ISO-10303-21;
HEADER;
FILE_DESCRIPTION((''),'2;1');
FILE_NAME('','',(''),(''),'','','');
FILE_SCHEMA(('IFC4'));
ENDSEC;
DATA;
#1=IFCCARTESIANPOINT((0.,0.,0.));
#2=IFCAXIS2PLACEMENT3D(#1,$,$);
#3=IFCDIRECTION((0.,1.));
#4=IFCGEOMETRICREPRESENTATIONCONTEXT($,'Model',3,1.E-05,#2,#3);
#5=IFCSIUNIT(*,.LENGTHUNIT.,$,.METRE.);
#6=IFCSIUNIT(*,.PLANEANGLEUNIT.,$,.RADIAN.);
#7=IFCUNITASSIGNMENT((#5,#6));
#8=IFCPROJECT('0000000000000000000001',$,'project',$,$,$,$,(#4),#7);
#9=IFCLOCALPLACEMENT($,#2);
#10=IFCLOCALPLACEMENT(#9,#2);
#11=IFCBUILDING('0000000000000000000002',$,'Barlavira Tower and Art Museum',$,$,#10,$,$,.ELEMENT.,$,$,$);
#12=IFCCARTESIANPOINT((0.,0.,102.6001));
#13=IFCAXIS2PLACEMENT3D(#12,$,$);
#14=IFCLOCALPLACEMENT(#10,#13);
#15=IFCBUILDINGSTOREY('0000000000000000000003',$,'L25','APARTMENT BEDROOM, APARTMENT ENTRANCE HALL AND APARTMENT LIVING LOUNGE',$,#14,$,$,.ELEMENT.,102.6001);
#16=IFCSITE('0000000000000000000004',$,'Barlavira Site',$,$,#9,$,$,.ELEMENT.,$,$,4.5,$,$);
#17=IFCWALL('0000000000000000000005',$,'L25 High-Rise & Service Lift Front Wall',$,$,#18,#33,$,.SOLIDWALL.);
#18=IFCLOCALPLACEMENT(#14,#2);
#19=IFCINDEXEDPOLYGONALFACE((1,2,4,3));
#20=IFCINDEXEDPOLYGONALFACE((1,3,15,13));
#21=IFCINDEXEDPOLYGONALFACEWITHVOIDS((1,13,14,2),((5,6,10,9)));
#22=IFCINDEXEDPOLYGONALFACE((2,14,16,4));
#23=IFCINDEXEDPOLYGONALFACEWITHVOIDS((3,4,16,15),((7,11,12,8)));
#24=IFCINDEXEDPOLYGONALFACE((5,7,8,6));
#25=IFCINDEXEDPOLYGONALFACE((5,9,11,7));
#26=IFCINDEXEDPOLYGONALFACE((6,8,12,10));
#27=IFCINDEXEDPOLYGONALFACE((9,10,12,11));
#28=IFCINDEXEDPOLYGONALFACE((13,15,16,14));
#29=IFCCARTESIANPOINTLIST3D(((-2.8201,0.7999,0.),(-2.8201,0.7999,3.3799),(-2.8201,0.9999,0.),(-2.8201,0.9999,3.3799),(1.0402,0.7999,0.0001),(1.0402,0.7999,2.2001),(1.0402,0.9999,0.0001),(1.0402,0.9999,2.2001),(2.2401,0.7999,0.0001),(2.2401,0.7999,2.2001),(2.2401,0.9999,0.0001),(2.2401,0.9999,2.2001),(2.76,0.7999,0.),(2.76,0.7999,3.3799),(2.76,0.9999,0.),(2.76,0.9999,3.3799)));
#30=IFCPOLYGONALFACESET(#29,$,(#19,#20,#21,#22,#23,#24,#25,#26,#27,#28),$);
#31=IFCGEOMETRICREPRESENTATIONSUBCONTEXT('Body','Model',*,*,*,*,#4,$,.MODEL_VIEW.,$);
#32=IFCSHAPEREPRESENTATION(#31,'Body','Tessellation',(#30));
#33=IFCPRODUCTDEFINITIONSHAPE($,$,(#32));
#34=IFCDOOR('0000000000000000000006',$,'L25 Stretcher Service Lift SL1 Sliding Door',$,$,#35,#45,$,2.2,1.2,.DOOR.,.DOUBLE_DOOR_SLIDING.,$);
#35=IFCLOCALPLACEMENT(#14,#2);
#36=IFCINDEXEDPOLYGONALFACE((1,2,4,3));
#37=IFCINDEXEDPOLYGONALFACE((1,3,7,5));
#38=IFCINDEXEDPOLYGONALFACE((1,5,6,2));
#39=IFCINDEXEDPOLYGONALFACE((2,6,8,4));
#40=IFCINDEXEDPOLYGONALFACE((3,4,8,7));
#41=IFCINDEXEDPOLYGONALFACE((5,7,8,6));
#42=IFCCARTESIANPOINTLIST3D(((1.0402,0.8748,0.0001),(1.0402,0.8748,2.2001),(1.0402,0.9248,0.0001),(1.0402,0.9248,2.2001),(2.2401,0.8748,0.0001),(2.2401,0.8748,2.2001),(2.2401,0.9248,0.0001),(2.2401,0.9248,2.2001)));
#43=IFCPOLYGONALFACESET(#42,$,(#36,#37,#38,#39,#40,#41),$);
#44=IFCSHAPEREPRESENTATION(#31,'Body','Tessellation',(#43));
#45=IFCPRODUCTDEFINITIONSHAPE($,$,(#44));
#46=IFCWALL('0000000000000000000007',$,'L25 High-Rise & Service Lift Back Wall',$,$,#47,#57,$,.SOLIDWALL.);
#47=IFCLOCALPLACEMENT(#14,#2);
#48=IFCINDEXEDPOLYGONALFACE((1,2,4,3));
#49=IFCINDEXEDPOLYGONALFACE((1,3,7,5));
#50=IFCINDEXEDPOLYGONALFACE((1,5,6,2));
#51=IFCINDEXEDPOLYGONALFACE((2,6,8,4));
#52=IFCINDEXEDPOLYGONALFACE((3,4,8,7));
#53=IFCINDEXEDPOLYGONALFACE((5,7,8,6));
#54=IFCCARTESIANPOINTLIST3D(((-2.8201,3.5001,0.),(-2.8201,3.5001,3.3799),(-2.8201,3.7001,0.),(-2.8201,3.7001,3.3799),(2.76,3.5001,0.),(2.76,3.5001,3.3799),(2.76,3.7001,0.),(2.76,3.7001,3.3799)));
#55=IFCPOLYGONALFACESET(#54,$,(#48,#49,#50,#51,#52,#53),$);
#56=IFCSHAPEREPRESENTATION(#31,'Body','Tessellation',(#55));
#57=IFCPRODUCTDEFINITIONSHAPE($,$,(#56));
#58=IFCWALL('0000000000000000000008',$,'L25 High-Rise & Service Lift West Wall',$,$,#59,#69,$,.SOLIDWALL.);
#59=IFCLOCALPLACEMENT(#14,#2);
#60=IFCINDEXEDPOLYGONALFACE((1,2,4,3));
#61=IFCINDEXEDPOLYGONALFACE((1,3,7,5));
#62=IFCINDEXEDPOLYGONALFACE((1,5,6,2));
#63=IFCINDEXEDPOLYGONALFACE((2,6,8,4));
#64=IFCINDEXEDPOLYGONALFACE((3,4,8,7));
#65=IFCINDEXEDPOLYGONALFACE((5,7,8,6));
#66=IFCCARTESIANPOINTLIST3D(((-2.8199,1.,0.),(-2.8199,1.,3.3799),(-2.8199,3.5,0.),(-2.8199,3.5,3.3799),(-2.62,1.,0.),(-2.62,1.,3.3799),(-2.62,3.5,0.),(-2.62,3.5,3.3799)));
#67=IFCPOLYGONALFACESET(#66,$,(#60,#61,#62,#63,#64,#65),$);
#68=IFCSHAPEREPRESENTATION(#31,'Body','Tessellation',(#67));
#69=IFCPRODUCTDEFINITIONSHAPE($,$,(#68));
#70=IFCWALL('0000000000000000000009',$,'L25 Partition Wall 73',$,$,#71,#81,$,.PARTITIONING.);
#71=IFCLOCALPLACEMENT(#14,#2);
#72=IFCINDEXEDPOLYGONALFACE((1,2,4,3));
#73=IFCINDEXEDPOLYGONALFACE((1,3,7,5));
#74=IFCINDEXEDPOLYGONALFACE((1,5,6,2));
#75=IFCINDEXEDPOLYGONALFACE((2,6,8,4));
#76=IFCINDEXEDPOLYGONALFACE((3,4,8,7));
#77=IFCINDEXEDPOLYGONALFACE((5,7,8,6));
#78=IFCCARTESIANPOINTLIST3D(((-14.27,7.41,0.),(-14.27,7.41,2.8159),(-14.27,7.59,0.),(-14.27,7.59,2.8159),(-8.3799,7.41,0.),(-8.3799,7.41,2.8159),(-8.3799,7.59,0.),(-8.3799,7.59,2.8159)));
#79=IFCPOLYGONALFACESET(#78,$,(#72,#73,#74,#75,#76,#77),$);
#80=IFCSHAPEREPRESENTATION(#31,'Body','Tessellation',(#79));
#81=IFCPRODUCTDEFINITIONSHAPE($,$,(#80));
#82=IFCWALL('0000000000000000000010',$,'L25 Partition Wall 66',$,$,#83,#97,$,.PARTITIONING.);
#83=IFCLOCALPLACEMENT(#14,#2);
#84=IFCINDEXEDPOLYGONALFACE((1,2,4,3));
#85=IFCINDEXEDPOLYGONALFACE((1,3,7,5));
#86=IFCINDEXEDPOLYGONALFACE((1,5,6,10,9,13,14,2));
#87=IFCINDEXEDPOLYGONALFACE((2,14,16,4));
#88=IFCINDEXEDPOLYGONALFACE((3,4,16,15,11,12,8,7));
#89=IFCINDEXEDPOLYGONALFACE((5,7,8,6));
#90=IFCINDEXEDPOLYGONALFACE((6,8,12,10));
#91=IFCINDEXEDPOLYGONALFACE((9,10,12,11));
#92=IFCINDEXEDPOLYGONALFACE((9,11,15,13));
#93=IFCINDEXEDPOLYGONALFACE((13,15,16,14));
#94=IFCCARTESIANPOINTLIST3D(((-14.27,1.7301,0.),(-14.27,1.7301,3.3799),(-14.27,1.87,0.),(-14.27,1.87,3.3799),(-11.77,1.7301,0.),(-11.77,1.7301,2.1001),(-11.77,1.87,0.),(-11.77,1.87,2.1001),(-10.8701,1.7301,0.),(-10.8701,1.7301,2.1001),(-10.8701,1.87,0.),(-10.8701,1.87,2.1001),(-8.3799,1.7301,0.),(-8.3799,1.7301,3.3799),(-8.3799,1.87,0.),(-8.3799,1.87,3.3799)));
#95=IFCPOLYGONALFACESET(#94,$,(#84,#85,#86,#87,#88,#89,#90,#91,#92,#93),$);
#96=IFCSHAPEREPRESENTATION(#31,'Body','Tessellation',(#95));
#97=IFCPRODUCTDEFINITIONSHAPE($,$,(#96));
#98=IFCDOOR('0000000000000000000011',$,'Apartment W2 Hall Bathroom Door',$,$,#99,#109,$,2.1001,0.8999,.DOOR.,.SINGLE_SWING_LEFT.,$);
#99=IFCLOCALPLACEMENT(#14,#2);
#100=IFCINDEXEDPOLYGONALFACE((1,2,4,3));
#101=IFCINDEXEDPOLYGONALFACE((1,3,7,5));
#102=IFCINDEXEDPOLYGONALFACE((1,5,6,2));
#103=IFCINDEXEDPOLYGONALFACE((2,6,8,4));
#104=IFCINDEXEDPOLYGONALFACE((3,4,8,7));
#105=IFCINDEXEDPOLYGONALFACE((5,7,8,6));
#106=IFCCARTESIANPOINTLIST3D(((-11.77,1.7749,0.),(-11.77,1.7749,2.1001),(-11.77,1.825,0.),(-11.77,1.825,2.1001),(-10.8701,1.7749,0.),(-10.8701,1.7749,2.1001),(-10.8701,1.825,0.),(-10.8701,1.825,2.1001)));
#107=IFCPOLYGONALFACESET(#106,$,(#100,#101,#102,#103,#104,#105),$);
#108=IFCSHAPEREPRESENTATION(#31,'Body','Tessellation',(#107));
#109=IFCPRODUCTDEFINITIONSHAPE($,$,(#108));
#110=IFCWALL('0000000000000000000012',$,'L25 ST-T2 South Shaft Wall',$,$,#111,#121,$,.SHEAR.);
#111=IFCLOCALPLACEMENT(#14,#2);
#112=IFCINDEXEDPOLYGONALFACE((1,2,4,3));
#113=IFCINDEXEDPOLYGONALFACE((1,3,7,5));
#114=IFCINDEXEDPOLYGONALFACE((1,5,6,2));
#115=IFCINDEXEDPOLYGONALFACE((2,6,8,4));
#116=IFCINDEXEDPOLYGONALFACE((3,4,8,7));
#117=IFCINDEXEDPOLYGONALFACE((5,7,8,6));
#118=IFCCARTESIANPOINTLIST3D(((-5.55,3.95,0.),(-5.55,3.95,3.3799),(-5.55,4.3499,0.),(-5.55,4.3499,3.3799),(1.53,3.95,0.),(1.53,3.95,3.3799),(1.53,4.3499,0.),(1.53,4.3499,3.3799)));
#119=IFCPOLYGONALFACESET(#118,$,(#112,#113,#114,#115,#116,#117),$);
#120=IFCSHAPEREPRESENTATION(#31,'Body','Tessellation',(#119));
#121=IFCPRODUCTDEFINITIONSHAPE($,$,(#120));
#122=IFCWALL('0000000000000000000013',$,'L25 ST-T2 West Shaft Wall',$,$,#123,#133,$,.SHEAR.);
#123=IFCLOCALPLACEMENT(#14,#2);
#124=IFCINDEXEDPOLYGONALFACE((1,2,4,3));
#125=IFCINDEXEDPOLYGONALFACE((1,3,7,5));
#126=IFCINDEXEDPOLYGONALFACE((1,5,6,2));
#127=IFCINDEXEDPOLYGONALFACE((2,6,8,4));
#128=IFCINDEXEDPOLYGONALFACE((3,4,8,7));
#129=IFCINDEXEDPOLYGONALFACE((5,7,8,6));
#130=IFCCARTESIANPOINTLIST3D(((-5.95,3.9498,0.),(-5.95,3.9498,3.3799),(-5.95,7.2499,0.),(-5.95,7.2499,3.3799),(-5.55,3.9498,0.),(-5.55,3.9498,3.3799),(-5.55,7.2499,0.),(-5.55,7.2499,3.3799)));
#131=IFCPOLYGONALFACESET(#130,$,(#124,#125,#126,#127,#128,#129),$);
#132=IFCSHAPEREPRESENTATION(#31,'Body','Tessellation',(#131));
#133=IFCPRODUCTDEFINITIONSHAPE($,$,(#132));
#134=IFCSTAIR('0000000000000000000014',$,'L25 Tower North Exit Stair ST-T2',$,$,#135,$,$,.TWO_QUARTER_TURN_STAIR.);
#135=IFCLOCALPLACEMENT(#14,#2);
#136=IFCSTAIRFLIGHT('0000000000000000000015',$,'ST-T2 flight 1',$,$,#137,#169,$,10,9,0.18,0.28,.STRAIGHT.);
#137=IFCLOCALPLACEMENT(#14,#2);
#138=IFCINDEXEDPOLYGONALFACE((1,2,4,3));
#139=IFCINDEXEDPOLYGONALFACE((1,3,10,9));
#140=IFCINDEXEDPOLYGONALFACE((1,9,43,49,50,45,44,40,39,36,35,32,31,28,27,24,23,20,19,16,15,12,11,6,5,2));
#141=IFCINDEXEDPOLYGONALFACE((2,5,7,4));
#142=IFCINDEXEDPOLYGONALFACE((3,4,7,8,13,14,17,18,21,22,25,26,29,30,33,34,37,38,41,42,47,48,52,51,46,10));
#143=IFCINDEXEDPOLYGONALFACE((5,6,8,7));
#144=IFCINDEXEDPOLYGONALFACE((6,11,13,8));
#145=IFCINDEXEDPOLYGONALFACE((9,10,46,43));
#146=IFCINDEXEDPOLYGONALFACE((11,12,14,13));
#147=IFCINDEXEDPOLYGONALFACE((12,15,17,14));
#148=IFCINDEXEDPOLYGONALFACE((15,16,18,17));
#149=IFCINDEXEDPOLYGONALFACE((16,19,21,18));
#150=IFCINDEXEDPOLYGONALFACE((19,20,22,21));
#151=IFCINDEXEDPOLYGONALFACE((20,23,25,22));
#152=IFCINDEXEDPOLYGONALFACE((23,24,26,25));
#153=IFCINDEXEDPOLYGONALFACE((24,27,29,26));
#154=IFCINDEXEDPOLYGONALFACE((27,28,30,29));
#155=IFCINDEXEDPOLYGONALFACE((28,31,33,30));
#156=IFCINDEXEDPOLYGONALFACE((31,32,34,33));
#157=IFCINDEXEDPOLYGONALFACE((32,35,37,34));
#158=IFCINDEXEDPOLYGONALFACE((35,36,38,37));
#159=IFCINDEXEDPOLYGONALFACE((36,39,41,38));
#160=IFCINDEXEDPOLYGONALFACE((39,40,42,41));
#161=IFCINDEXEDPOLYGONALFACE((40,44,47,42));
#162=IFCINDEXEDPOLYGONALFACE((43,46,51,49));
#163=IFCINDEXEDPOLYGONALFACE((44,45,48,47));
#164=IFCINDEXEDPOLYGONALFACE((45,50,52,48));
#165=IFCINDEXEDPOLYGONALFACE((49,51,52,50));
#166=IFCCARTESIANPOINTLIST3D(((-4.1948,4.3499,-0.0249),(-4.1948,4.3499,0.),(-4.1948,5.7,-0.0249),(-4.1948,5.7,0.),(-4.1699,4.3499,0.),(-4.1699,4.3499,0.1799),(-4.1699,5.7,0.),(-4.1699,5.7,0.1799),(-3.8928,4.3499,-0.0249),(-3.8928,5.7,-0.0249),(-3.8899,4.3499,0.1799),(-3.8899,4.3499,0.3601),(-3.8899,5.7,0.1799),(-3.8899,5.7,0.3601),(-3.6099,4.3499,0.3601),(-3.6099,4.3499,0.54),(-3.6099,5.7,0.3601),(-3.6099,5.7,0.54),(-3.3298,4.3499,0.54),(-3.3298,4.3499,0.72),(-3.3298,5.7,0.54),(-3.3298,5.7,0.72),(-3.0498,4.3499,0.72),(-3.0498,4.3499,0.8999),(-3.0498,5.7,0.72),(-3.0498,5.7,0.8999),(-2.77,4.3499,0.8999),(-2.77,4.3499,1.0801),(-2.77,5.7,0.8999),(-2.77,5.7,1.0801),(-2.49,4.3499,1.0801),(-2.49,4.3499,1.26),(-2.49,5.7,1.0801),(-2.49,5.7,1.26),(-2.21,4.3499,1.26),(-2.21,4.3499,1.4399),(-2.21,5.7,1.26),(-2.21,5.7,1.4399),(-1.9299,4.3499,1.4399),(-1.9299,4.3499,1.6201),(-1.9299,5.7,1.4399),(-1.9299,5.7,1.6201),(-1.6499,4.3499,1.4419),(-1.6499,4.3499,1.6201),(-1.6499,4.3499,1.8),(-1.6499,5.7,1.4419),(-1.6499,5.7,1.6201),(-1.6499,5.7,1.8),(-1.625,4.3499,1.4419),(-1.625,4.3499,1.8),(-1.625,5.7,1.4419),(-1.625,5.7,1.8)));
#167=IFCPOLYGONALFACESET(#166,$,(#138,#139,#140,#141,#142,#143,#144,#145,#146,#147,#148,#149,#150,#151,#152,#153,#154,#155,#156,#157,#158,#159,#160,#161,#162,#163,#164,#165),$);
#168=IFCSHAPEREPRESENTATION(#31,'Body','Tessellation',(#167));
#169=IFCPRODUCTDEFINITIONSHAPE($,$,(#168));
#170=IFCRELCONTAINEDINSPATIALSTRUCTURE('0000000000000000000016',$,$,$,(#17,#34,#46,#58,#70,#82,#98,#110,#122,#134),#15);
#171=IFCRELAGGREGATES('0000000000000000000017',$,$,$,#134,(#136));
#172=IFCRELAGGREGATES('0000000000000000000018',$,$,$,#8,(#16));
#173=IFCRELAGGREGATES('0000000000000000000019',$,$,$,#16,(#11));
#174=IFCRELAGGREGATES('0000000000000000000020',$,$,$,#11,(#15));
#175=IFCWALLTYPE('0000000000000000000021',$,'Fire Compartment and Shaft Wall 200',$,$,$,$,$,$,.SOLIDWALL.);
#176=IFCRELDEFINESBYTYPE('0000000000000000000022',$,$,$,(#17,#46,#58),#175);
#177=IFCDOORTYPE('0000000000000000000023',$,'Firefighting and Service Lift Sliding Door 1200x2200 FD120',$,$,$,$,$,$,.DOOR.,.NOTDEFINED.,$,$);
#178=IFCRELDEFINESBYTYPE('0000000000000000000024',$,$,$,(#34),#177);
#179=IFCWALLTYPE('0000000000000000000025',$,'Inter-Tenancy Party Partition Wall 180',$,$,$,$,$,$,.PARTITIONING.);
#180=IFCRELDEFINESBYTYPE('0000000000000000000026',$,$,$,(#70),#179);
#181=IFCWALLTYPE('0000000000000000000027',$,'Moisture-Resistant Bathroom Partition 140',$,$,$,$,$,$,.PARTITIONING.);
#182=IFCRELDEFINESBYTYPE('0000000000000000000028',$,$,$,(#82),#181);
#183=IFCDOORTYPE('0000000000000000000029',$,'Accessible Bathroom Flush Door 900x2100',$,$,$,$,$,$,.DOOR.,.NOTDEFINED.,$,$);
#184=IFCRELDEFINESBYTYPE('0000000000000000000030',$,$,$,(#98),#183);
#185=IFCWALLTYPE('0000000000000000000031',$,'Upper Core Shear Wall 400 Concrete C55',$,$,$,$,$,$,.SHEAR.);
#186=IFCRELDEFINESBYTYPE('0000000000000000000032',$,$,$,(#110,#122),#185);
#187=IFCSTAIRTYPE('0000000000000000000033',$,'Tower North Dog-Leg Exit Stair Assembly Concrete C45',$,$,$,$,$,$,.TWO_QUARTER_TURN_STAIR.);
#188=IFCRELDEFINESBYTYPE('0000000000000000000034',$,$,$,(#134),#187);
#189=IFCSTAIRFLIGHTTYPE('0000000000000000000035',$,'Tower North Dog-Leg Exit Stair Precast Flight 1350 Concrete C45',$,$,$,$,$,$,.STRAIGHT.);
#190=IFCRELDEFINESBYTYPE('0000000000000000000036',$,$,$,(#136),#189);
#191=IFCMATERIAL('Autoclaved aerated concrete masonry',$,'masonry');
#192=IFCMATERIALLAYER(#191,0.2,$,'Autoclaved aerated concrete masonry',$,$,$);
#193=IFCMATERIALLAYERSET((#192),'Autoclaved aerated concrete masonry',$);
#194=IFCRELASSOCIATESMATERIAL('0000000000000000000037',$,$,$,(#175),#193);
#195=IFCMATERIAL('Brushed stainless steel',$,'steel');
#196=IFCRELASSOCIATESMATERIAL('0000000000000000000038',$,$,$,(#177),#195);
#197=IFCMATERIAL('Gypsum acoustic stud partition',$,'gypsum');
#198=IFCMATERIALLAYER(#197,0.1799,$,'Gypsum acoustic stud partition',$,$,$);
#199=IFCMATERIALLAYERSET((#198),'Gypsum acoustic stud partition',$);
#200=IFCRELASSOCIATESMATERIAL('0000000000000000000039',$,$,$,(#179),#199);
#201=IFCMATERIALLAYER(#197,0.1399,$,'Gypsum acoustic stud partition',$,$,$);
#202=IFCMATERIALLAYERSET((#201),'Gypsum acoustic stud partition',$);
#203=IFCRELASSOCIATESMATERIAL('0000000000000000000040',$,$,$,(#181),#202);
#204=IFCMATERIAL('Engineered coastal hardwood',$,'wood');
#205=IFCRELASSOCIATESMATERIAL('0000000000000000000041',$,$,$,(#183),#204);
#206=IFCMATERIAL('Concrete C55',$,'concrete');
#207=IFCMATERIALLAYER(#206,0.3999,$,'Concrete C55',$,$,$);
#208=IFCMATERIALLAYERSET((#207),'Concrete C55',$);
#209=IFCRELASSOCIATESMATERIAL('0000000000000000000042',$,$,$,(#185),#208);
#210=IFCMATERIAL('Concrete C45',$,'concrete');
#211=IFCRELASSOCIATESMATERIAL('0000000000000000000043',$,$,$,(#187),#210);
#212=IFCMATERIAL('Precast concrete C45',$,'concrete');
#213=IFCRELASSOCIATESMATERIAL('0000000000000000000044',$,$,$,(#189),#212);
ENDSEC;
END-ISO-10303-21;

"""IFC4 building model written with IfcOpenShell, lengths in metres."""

from ifc_helpers import new_model, si_unit, direction, frame, frame_2d, origin, place, context, subcontext, project, spatial, polyline, rectangle, outline, extrude, material, layer, layer_set, type_object, element, fill, aggregate, save


model = new_model("IFC4")

# Units and contexts
model_context = context("Model", 3, precision=1e-05, world=origin(), true_north=direction((0.0, 1.0)))
body_context = subcontext(model_context, "Body", "Model", "MODEL_VIEW")
ifc_project = project(units=[si_unit("LENGTHUNIT", "METRE"), si_unit("PLANEANGLEUNIT", "RADIAN")], contexts=[model_context])

# Site, building, storey
site_placement = place(None, origin())
site = spatial("IfcSite", under=ifc_project, at=site_placement, Name="Barlavira Site", CompositionType="ELEMENT", RefElevation=4.5)
building_placement = place(site_placement, origin())
building = spatial("IfcBuilding", under=site, at=building_placement, Name="Barlavira Tower and Art Museum", CompositionType="ELEMENT")
storey_placement = place(building_placement, frame((0.0, 0.0, 102.6001)))
storey = spatial("IfcBuildingStorey", under=building, at=storey_placement, Name="L25", Description="APARTMENT BEDROOM, APARTMENT ENTRANCE HALL AND APARTMENT LIVING LOUNGE", CompositionType="ELEMENT", Elevation=102.6001)

# Shared definitions
ifc_material_1 = material(Name="Gypsum acoustic stud partition", Category="gypsum")
ifc_material_2 = material(Name="Engineered coastal hardwood", Category="wood")
ifc_material_3 = material(Name="Brushed stainless steel", Category="steel")

# Shared definitions
ifc_material_4 = material(Name="Autoclaved aerated concrete masonry", Category="masonry")
ifc_layer_1 = layer(ifc_material_4, 0.2, Name="Autoclaved aerated concrete masonry")
ifc_layer_set_1 = layer_set([ifc_layer_1], Name="Autoclaved aerated concrete masonry")
wall_type_1 = type_object("IfcWallType", Name="Fire Compartment and Shaft Wall 200", PredefinedType="SOLIDWALL", material=ifc_layer_set_1)

# Wall, opening, door
wall_1_placement = place(storey_placement, frame((-2.8201, 0.8999, 0.0), z_axis=(0.0, 0.0, 1.0), x_axis=(1.0, 0.0, 0.0)))
wall_1 = element("IfcWall", 1, at=wall_1_placement, inside=storey, type_object=wall_type_1, Name="L25 High-Rise & Service Lift Front Wall", PredefinedType="SOLIDWALL", context=body_context, shape_type="SweptSolid", body=[
    extrude(rectangle(XDim=5.5801, YDim=0.2, at=frame_2d((2.79, 0.0))), origin(), (0.0, 0.0, 1.0), 3.3799),
])
opening_1_placement = place(wall_1_placement, frame((3.8601, 0.0, 0.0)))
opening_1 = element("IfcOpeningElement", 2, at=opening_1_placement, cuts=wall_1, PredefinedType="OPENING", context=body_context, shape_type="SweptSolid", body=[
    extrude(rectangle(XDim=1.2, YDim=2.2, at=frame_2d((0.6001, 1.1001))), frame((0.0, 0.1099, 0.0), z_axis=(0.0, -1.0, 0.0), x_axis=(1.0, 0.0, 0.0)), (0.0, 0.0, 1.0), 0.22),
])
door_type_1 = type_object("IfcDoorType", Name="Firefighting and Service Lift Sliding Door 1200x2200 FD120", OperationType="NOTDEFINED", PredefinedType="DOOR", material=ifc_material_3)
door_1_placement = place(opening_1_placement, origin())
door_1 = element("IfcDoor", 3, at=door_1_placement, inside=storey, type_object=door_type_1, Name="L25 Stretcher Service Lift SL1 Sliding Door", OperationType="DOUBLE_DOOR_SLIDING", OverallHeight=2.2, OverallWidth=1.2, PredefinedType="DOOR", context=body_context, shape_type="SweptSolid", body=[
    extrude(rectangle(XDim=1.2, YDim=2.2, at=frame_2d((0.6001, 1.1001))), frame((0.0, 0.0249, 0.0), z_axis=(0.0, -1.0, 0.0), x_axis=(1.0, 0.0, 0.0)), (0.0, 0.0, 1.0), 0.05),
])
fill(opening_1, door_1)

# Walls
wall_2_placement = place(storey_placement, frame((-2.8201, 3.6001, 0.0), z_axis=(0.0, 0.0, 1.0), x_axis=(1.0, 0.0, 0.0)))
element("IfcWall", 4, at=wall_2_placement, inside=storey, type_object=wall_type_1, Name="L25 High-Rise & Service Lift Back Wall", PredefinedType="SOLIDWALL", context=body_context, shape_type="SweptSolid", body=[
    extrude(rectangle(XDim=5.5801, YDim=0.2, at=frame_2d((2.79, 0.0))), origin(), (0.0, 0.0, 1.0), 3.3799),
])
wall_3_placement = place(storey_placement, frame((-2.72, 1.0, 0.0), z_axis=(0.0, 0.0, 1.0), x_axis=(0.0, 1.0, 0.0)))
element("IfcWall", 5, at=wall_3_placement, inside=storey, type_object=wall_type_1, Name="L25 High-Rise & Service Lift West Wall", PredefinedType="SOLIDWALL", context=body_context, shape_type="SweptSolid", body=[
    extrude(rectangle(XDim=2.5, YDim=0.2, at=frame_2d((1.25, 0.0))), origin(), (0.0, 0.0, 1.0), 3.3799),
])
ifc_layer_2 = layer(ifc_material_1, 0.1799, Name="Gypsum acoustic stud partition")
ifc_layer_set_2 = layer_set([ifc_layer_2], Name="Gypsum acoustic stud partition")
wall_type_2 = type_object("IfcWallType", Name="Inter-Tenancy Party Partition Wall 180", PredefinedType="PARTITIONING", material=ifc_layer_set_2)
wall_4_placement = place(storey_placement, frame((-14.27, 7.5, 0.0), z_axis=(0.0, 0.0, 1.0), x_axis=(1.0, 0.0, 0.0)))
element("IfcWall", 6, at=wall_4_placement, inside=storey, type_object=wall_type_2, Name="L25 Partition Wall 73", PredefinedType="PARTITIONING", context=body_context, shape_type="SweptSolid", body=[
    extrude(rectangle(XDim=5.8901, YDim=0.1799, at=frame_2d((2.9451, 0.0))), origin(), (0.0, 0.0, 1.0), 2.8159),
])

# Wall, opening, door
ifc_layer_3 = layer(ifc_material_1, 0.1399, Name="Gypsum acoustic stud partition")
ifc_layer_set_3 = layer_set([ifc_layer_3], Name="Gypsum acoustic stud partition")
wall_type_3 = type_object("IfcWallType", Name="Moisture-Resistant Bathroom Partition 140", PredefinedType="PARTITIONING", material=ifc_layer_set_3)
wall_5_placement = place(storey_placement, frame((-14.27, 1.8, 0.0), z_axis=(0.0, 0.0, 1.0), x_axis=(1.0, 0.0, 0.0)))
wall_5 = element("IfcWall", 7, at=wall_5_placement, inside=storey, type_object=wall_type_3, Name="L25 Partition Wall 66", PredefinedType="PARTITIONING", context=body_context, shape_type="SweptSolid", body=[
    extrude(rectangle(XDim=5.8901, YDim=0.1399, at=frame_2d((2.9451, 0.0))), origin(), (0.0, 0.0, 1.0), 3.3799),
])
opening_2_placement = place(wall_5_placement, frame((2.5, 0.0, 0.0)))
opening_2 = element("IfcOpeningElement", 8, at=opening_2_placement, cuts=wall_5, PredefinedType="OPENING", context=body_context, shape_type="SweptSolid", body=[
    extrude(rectangle(XDim=0.8999, YDim=2.1001, at=frame_2d((0.45, 1.05))), frame((0.0, 0.0801, 0.0), z_axis=(0.0, -1.0, 0.0), x_axis=(1.0, 0.0, 0.0)), (0.0, 0.0, 1.0), 0.1599),
])
door_type_2 = type_object("IfcDoorType", Name="Accessible Bathroom Flush Door 900x2100", OperationType="NOTDEFINED", PredefinedType="DOOR", material=ifc_material_2)
door_2_placement = place(opening_2_placement, origin())
door_2 = element("IfcDoor", 9, at=door_2_placement, inside=storey, type_object=door_type_2, Name="Apartment W2 Hall Bathroom Door", OperationType="SINGLE_SWING_LEFT", OverallHeight=2.1001, OverallWidth=0.8999, PredefinedType="DOOR", context=body_context, shape_type="SweptSolid", body=[
    extrude(rectangle(XDim=0.8999, YDim=2.1001, at=frame_2d((0.45, 1.05))), frame((0.0, 0.0249, 0.0), z_axis=(0.0, -1.0, 0.0), x_axis=(1.0, 0.0, 0.0)), (0.0, 0.0, 1.0), 0.05),
])
fill(opening_2, door_2)

# Walls
ifc_material_5 = material(Name="Concrete C55", Category="concrete")
ifc_layer_4 = layer(ifc_material_5, 0.3999, Name="Concrete C55")
ifc_layer_set_4 = layer_set([ifc_layer_4], Name="Concrete C55")
wall_type_4 = type_object("IfcWallType", Name="Upper Core Shear Wall 400 Concrete C55", PredefinedType="SHEAR", material=ifc_layer_set_4)
wall_6_placement = place(storey_placement, frame((-5.55, 4.1499, 0.0), z_axis=(0.0, 0.0, 1.0), x_axis=(1.0, 0.0, 0.0)))
element("IfcWall", 10, at=wall_6_placement, inside=storey, type_object=wall_type_4, Name="L25 ST-T2 South Shaft Wall", PredefinedType="SHEAR", context=body_context, shape_type="SweptSolid", body=[
    extrude(rectangle(XDim=7.0801, YDim=0.3999, at=frame_2d((3.54, 0.0))), origin(), (0.0, 0.0, 1.0), 3.3799),
])
wall_7_placement = place(storey_placement, frame((-5.75, 3.95, 0.0), z_axis=(0.0, 0.0, 1.0), x_axis=(0.0, 1.0, 0.0)))
element("IfcWall", 11, at=wall_7_placement, inside=storey, type_object=wall_type_4, Name="L25 ST-T2 West Shaft Wall", PredefinedType="SHEAR", context=body_context, shape_type="SweptSolid", body=[
    extrude(rectangle(XDim=3.3, YDim=0.3999, at=frame_2d((1.6499, 0.0))), origin(), (0.0, 0.0, 1.0), 3.3799),
])

# Stair, stair flight
ifc_material_6 = material(Name="Concrete C45", Category="concrete")
stair_type = type_object("IfcStairType", Name="Tower North Dog-Leg Exit Stair Assembly Concrete C45", PredefinedType="TWO_QUARTER_TURN_STAIR", material=ifc_material_6)
stair_placement = place(storey_placement, origin())
stair = element("IfcStair", 12, at=stair_placement, inside=storey, type_object=stair_type, Name="L25 Tower North Exit Stair ST-T2", PredefinedType="TWO_QUARTER_TURN_STAIR")
ifc_material_7 = material(Name="Precast concrete C45", Category="concrete")
stair_flight_type = type_object("IfcStairFlightType", Name="Tower North Dog-Leg Exit Stair Precast Flight 1350 Concrete C45", PredefinedType="STRAIGHT", material=ifc_material_7)
stair_flight_placement = place(storey_placement, frame((-4.1699, 5.0249, 0.0), z_axis=(0.0, 0.0, 1.0), x_axis=(1.0, 0.0, 0.0)))
stair_flight = element("IfcStairFlight", 13, at=stair_flight_placement, type_object=stair_flight_type, Name="ST-T2 flight 1", NumberOfRisers=10, NumberOfTreads=9, PredefinedType="STRAIGHT", RiserHeight=0.18, TreadLength=0.28, context=body_context, shape_type="SweptSolid", body=[
    extrude(outline(polyline([(-0.0249, 0.0), (0.0, 0.0), (0.0, 0.1799), (0.28, 0.1799), (0.28, 0.3601), (0.5601, 0.3601), (0.5601, 0.54), (0.8401, 0.54), (0.8401, 0.72), (1.1201, 0.72), (1.1201, 0.8999), (1.3999, 0.8999), (1.3999, 1.0801), (1.6799, 1.0801), (1.6799, 1.26), (1.96, 1.26), (1.96, 1.4399), (2.24, 1.4399), (2.24, 1.6201), (2.52, 1.6201), (2.52, 1.8), (2.5449, 1.8), (2.5449, 1.4419), (2.52, 1.4419), (0.2771, -0.0249), (-0.0249, -0.0249), (-0.0249, 0.0)])), frame((0.0, 0.675, 0.0), z_axis=(0.0, -1.0, 0.0), x_axis=(1.0, 0.0, 0.0)), (0.0, 0.0, 1.0), 1.3501),
])
aggregate(stair, [stair_flight])

save(model, "model.ifc")
